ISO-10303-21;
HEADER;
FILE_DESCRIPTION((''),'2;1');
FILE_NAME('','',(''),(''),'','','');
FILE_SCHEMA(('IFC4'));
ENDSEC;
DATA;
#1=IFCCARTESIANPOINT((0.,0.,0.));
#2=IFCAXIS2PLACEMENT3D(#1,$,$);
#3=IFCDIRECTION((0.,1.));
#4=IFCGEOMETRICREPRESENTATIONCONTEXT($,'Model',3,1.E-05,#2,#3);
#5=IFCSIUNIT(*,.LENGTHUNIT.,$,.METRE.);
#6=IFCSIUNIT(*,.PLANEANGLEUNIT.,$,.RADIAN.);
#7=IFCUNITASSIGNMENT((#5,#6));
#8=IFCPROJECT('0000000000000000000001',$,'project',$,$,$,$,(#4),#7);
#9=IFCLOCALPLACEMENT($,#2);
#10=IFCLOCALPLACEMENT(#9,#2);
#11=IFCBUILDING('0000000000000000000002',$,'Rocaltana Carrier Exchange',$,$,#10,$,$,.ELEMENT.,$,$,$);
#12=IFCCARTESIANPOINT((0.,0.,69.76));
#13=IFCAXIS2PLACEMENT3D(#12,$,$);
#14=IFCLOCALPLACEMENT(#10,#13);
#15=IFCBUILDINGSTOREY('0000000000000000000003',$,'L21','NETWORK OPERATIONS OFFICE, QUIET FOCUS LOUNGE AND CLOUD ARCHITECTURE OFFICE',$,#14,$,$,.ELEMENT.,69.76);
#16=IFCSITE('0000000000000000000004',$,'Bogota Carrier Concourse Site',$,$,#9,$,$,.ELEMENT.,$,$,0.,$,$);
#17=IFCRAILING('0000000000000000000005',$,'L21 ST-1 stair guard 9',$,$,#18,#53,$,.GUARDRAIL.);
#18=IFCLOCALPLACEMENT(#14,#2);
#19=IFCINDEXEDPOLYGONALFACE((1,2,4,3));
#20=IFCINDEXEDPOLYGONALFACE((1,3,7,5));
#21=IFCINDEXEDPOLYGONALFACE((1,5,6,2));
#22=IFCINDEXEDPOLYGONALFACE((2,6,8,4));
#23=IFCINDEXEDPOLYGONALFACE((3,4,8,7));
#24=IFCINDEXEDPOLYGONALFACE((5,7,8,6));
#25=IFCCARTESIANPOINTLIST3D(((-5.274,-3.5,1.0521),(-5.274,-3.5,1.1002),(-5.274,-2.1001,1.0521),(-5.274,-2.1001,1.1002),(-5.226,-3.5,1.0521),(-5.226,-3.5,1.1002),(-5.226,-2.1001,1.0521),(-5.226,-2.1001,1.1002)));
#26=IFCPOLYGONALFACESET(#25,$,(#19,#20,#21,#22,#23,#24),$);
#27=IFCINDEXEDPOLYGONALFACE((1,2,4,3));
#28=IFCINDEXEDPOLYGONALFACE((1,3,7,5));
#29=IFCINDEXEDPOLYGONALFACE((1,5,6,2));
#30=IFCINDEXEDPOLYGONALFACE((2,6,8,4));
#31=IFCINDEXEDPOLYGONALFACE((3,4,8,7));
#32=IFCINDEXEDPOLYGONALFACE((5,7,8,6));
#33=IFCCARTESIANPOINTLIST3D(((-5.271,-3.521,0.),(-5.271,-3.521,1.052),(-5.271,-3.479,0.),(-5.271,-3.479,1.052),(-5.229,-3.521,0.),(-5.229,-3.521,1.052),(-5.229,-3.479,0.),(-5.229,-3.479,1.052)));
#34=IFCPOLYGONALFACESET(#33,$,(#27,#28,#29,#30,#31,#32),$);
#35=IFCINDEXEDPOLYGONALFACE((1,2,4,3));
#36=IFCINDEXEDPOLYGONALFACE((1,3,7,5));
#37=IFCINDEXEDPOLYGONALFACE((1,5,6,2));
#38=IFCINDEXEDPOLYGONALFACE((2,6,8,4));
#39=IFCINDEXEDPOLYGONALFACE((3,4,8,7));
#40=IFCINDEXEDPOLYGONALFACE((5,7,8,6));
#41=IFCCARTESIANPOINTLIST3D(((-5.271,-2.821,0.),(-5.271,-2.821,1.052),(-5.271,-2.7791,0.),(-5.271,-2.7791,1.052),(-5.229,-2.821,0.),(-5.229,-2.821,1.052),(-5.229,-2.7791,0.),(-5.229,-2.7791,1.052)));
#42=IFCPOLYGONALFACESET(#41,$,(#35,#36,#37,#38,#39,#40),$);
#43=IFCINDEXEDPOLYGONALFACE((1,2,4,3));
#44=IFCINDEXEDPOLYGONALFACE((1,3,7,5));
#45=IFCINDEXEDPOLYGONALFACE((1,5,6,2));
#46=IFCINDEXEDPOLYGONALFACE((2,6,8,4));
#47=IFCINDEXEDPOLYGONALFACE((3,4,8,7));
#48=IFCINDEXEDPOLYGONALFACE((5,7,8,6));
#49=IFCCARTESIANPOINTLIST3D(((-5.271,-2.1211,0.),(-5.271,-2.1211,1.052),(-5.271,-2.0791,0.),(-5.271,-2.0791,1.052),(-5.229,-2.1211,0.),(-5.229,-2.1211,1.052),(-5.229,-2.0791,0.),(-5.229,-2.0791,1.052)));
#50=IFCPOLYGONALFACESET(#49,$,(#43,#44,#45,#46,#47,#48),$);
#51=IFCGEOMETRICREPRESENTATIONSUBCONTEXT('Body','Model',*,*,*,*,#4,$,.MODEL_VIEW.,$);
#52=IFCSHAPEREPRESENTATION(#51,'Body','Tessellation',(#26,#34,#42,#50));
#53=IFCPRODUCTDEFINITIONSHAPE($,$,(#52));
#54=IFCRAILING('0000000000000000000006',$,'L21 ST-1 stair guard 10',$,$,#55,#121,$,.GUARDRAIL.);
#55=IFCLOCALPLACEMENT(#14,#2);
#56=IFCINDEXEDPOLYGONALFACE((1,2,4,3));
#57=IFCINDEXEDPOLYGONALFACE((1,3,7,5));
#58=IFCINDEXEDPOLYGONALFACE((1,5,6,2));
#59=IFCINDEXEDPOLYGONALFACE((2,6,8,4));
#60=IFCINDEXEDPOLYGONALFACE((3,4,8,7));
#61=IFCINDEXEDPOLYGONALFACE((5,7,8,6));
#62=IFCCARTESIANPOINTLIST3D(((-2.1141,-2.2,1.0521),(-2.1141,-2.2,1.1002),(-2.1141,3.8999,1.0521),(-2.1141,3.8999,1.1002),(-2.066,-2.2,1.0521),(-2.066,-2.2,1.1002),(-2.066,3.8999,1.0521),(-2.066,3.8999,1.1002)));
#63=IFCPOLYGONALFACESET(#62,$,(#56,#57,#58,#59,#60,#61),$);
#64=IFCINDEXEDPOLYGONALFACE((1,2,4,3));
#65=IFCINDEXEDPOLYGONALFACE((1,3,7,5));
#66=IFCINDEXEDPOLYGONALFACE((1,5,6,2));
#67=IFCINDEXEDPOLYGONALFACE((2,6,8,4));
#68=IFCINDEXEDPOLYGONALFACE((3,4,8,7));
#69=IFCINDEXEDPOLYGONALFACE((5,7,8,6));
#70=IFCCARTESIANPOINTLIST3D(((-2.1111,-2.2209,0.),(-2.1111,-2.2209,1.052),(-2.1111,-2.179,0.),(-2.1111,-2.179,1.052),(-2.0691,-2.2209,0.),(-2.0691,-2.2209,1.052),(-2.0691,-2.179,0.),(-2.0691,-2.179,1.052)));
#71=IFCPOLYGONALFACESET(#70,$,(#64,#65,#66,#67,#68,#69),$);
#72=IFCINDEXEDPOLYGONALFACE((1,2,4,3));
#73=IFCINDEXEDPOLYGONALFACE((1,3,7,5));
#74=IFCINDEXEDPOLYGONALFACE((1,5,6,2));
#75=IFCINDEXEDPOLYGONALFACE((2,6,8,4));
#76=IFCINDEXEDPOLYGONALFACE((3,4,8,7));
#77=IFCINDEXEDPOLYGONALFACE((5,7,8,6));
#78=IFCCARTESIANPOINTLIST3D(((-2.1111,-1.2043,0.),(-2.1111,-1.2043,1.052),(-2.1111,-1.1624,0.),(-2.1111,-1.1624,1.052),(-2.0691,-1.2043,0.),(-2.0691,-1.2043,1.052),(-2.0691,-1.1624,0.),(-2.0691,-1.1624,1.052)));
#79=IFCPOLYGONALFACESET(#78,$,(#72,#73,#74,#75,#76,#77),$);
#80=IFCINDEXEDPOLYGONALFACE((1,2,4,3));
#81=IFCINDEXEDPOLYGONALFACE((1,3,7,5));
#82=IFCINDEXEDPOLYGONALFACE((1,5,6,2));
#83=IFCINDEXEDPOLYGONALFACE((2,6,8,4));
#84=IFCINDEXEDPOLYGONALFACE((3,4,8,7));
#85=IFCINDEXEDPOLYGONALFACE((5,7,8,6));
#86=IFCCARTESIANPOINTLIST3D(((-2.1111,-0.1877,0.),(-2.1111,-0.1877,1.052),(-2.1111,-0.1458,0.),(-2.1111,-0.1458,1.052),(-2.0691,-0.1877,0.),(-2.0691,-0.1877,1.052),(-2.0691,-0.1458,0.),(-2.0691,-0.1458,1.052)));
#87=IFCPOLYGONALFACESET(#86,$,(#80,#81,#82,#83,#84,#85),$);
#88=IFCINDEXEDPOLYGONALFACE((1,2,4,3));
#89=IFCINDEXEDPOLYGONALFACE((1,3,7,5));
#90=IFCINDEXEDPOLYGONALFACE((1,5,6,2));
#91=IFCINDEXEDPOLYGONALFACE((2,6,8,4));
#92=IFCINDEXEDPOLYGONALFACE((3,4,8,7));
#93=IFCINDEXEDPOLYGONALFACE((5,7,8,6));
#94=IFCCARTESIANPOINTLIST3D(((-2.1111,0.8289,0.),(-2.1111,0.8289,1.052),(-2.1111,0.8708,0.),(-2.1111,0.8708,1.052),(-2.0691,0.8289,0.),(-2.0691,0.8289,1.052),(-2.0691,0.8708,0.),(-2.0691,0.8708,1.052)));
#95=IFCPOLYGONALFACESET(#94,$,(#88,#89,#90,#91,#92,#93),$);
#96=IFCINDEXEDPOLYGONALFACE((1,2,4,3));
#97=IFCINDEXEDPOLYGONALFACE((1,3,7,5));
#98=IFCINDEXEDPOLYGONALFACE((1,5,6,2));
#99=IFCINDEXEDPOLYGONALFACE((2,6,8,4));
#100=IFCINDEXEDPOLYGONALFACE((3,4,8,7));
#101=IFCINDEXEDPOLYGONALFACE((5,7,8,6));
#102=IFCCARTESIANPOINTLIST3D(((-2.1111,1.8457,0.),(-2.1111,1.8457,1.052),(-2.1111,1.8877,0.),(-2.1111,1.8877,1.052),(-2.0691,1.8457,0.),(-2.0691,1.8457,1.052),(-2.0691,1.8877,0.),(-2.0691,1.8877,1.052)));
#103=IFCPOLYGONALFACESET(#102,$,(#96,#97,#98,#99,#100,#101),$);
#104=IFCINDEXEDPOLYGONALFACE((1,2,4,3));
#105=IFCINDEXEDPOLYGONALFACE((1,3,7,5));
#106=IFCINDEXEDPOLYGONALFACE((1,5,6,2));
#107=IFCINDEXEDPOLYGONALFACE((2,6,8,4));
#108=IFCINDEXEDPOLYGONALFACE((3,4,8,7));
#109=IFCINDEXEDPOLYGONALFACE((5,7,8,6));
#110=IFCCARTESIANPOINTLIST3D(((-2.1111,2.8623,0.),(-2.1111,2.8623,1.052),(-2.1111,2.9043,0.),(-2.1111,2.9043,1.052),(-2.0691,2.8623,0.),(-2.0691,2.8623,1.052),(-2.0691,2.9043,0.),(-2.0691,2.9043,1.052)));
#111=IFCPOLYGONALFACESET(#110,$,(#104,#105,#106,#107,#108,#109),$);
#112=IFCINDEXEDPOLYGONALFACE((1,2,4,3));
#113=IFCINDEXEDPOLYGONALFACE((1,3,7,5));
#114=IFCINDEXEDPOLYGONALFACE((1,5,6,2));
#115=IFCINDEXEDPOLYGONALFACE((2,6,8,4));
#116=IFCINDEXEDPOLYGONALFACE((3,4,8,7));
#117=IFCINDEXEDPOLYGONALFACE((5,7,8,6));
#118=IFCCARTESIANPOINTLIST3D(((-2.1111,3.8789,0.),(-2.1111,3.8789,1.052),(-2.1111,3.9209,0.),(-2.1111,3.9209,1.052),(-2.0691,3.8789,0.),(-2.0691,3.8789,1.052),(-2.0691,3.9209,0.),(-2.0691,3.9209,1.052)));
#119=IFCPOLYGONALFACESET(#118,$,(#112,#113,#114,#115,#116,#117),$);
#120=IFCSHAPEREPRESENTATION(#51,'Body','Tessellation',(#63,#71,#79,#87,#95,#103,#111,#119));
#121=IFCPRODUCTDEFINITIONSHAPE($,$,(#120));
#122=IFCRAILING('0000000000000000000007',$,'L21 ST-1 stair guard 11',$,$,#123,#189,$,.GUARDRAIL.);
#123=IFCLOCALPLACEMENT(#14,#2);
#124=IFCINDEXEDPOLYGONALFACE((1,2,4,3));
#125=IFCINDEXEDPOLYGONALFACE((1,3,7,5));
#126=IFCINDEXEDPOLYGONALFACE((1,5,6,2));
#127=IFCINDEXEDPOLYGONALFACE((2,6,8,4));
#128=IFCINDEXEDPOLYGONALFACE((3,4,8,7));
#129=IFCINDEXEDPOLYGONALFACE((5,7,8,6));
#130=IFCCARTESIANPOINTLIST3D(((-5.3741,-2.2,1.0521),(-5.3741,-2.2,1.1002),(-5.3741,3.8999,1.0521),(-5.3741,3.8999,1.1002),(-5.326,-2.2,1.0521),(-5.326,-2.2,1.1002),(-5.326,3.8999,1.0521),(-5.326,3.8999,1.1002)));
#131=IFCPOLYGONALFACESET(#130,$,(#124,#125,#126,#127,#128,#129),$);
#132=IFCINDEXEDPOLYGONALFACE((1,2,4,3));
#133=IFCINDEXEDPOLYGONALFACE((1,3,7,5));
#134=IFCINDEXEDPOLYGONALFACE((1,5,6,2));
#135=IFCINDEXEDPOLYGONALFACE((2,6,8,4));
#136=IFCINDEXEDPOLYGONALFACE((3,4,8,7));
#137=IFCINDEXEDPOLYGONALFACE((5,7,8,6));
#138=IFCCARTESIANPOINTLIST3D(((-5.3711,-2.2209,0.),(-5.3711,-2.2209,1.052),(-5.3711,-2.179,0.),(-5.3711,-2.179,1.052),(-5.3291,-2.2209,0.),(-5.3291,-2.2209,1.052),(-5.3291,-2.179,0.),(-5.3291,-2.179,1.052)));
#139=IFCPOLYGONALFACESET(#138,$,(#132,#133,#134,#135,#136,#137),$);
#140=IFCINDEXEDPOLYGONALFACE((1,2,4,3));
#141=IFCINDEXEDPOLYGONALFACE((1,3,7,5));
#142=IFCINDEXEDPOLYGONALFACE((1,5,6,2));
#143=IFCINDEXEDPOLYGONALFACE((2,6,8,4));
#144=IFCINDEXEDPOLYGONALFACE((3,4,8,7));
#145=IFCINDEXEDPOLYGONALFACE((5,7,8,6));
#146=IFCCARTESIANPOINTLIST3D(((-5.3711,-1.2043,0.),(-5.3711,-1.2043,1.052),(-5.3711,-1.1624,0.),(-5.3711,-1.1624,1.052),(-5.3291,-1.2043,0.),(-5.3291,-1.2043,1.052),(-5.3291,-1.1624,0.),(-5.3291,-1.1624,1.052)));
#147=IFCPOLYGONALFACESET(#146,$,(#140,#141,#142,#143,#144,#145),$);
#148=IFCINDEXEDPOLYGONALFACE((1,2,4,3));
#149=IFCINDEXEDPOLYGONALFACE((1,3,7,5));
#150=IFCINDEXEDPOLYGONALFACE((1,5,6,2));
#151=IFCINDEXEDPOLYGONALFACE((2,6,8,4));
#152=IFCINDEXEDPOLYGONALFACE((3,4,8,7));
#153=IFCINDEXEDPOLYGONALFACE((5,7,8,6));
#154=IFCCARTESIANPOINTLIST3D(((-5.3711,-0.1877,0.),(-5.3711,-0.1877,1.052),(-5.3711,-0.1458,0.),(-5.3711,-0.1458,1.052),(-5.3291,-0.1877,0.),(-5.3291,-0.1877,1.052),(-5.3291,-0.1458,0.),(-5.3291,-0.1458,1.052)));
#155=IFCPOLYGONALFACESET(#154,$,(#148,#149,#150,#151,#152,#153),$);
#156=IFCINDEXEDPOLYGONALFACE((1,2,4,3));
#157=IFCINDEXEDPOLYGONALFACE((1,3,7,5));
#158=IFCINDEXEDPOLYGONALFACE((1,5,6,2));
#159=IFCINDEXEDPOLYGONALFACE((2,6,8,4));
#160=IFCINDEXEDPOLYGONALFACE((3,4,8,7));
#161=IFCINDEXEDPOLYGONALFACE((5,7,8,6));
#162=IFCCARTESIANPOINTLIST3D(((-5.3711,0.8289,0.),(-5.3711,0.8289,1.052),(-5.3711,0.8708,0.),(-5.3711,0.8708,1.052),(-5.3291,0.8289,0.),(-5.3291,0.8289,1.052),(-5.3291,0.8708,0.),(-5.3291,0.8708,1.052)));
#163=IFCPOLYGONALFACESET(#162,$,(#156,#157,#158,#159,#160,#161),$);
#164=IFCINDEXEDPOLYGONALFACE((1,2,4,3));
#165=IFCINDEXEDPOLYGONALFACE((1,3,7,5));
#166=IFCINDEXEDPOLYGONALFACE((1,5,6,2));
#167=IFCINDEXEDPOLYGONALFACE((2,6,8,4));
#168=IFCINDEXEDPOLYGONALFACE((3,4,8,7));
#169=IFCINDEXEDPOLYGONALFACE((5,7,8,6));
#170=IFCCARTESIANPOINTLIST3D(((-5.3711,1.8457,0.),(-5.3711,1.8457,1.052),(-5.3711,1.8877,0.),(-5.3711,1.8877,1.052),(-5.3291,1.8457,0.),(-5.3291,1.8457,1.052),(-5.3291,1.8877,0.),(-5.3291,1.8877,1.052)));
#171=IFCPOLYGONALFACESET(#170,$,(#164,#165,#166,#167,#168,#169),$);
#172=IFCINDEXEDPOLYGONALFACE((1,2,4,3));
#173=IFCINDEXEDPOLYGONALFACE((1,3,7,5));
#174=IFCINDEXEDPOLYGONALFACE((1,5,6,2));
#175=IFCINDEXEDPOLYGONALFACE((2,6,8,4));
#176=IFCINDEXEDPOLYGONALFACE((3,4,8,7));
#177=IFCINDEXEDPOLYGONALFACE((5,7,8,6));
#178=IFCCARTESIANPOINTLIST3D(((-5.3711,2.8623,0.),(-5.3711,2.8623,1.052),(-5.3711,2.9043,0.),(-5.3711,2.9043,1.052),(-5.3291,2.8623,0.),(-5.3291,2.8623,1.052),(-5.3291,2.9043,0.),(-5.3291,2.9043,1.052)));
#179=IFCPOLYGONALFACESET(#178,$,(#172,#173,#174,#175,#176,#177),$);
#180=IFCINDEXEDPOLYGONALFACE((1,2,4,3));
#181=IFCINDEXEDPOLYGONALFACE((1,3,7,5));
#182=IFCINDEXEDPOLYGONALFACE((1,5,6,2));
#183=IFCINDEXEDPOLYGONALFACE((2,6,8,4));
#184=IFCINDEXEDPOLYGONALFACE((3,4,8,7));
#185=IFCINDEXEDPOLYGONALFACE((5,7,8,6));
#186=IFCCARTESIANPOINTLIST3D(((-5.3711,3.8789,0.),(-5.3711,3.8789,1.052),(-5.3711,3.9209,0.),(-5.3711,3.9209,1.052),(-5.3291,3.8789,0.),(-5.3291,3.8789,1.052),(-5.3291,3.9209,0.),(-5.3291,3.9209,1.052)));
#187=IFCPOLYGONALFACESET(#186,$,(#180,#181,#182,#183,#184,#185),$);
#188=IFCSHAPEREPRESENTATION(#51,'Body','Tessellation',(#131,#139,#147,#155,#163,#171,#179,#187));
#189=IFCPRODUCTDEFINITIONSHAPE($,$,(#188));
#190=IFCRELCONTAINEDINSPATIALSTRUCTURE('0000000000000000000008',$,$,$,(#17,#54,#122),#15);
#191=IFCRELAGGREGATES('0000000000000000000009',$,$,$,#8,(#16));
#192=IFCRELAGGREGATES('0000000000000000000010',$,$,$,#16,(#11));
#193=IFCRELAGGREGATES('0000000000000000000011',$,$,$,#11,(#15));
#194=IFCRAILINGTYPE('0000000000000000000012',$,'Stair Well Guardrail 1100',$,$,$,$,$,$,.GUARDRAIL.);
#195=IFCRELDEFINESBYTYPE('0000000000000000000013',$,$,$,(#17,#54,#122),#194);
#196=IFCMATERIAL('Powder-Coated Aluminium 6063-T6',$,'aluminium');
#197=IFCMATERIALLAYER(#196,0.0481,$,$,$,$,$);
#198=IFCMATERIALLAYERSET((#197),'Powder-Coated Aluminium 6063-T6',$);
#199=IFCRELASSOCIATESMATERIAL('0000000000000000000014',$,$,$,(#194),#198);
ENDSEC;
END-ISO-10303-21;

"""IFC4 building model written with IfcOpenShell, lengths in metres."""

from ifc_helpers import new_model, si_unit, direction, frame, origin, origin_2d, place, context, subcontext, project, spatial, rectangle, extrude, material, layer, layer_set, type_object, element, save


model = new_model("IFC4")

# Units and contexts
model_context = context("Model", 3, precision=1e-05, world=origin(), true_north=direction((0.0, 1.0)))
body_context = subcontext(model_context, "Body", "Model", "MODEL_VIEW")
ifc_project = project(units=[si_unit("LENGTHUNIT", "METRE"), si_unit("PLANEANGLEUNIT", "RADIAN")], contexts=[model_context])

# Site, building, storey
site_placement = place(None, origin())
site = spatial("IfcSite", under=ifc_project, at=site_placement, Name="Bogota Carrier Concourse Site", CompositionType="ELEMENT", RefElevation=0.0)
building_placement = place(site_placement, origin())
building = spatial("IfcBuilding", under=site, at=building_placement, Name="Rocaltana Carrier Exchange", CompositionType="ELEMENT")
storey_placement = place(building_placement, frame((0.0, 0.0, 69.76)))
storey = spatial("IfcBuildingStorey", under=building, at=storey_placement, Name="L21", Description="NETWORK OPERATIONS OFFICE, QUIET FOCUS LOUNGE AND CLOUD ARCHITECTURE OFFICE", CompositionType="ELEMENT", Elevation=69.76)

# Railings
ifc_material_1 = material(Name="Powder-Coated Aluminium 6063-T6", Category="aluminium")
ifc_layer_1 = layer(ifc_material_1, 0.0481)
ifc_layer_set_1 = layer_set([ifc_layer_1], Name="Powder-Coated Aluminium 6063-T6")
railing_type_1 = type_object("IfcRailingType", Name="Stair Well Guardrail 1100", PredefinedType="GUARDRAIL", material=ifc_layer_set_1)
for number, where, name in (
    (1, (-5.25, -3.5, 0.0), "L21 ST-1 stair guard 9"),
):
    element("IfcRailing", number, at=place(storey_placement, frame(where)), inside=storey, type_object=railing_type_1, Name=name, PredefinedType="GUARDRAIL", context=body_context, shape_type="SweptSolid", body=[
        extrude(rectangle(XDim=0.0481, YDim=0.0481, at=origin_2d()), frame((0.0, 0.0, 1.0762), z_axis=(0.0, 1.0, 0.0), x_axis=(-1.0, 0.0, 0.0)), (0.0, 0.0, 1.0), 1.3999),
        extrude(rectangle(XDim=0.042, YDim=0.042, at=origin_2d()), origin(), (0.0, 0.0, 1.0), 1.052),
        extrude(rectangle(XDim=0.042, YDim=0.042, at=origin_2d()), frame((0.0, 0.7, 0.0)), (0.0, 0.0, 1.0), 1.052),
        extrude(rectangle(XDim=0.042, YDim=0.042, at=origin_2d()), frame((0.0, 1.3999, 0.0)), (0.0, 0.0, 1.0), 1.052),
    ])
for number, where, name in (
    (2, (-2.0901, -2.2, 0.0), "L21 ST-1 stair guard 10"),
    (3, (-5.3501, -2.2, 0.0), "L21 ST-1 stair guard 11"),
):
    element("IfcRailing", number, at=place(storey_placement, frame(where)), inside=storey, type_object=railing_type_1, Name=name, PredefinedType="GUARDRAIL", context=body_context, shape_type="SweptSolid", body=[
        extrude(rectangle(XDim=0.0481, YDim=0.0481, at=origin_2d()), frame((0.0, 0.0, 1.0762), z_axis=(0.0, 1.0, 0.0), x_axis=(-1.0, 0.0, 0.0)), (0.0, 0.0, 1.0), 6.0999),
        extrude(rectangle(XDim=0.042, YDim=0.042, at=origin_2d()), origin(), (0.0, 0.0, 1.0), 1.052),
        extrude(rectangle(XDim=0.042, YDim=0.042, at=origin_2d()), frame((0.0, 1.0166, 0.0)), (0.0, 0.0, 1.0), 1.052),
        extrude(rectangle(XDim=0.042, YDim=0.042, at=origin_2d()), frame((0.0, 2.0332, 0.0)), (0.0, 0.0, 1.0), 1.052),
        extrude(rectangle(XDim=0.042, YDim=0.042, at=origin_2d()), frame((0.0, 3.0498, 0.0)), (0.0, 0.0, 1.0), 1.052),
        extrude(rectangle(XDim=0.042, YDim=0.042, at=origin_2d()), frame((0.0, 4.0667, 0.0)), (0.0, 0.0, 1.0), 1.052),
        extrude(rectangle(XDim=0.042, YDim=0.042, at=origin_2d()), frame((0.0, 5.0833, 0.0)), (0.0, 0.0, 1.0), 1.052),
        extrude(rectangle(XDim=0.042, YDim=0.042, at=origin_2d()), frame((0.0, 6.0999, 0.0)), (0.0, 0.0, 1.0), 1.052),
    ])

save(model, "model.ifc")
